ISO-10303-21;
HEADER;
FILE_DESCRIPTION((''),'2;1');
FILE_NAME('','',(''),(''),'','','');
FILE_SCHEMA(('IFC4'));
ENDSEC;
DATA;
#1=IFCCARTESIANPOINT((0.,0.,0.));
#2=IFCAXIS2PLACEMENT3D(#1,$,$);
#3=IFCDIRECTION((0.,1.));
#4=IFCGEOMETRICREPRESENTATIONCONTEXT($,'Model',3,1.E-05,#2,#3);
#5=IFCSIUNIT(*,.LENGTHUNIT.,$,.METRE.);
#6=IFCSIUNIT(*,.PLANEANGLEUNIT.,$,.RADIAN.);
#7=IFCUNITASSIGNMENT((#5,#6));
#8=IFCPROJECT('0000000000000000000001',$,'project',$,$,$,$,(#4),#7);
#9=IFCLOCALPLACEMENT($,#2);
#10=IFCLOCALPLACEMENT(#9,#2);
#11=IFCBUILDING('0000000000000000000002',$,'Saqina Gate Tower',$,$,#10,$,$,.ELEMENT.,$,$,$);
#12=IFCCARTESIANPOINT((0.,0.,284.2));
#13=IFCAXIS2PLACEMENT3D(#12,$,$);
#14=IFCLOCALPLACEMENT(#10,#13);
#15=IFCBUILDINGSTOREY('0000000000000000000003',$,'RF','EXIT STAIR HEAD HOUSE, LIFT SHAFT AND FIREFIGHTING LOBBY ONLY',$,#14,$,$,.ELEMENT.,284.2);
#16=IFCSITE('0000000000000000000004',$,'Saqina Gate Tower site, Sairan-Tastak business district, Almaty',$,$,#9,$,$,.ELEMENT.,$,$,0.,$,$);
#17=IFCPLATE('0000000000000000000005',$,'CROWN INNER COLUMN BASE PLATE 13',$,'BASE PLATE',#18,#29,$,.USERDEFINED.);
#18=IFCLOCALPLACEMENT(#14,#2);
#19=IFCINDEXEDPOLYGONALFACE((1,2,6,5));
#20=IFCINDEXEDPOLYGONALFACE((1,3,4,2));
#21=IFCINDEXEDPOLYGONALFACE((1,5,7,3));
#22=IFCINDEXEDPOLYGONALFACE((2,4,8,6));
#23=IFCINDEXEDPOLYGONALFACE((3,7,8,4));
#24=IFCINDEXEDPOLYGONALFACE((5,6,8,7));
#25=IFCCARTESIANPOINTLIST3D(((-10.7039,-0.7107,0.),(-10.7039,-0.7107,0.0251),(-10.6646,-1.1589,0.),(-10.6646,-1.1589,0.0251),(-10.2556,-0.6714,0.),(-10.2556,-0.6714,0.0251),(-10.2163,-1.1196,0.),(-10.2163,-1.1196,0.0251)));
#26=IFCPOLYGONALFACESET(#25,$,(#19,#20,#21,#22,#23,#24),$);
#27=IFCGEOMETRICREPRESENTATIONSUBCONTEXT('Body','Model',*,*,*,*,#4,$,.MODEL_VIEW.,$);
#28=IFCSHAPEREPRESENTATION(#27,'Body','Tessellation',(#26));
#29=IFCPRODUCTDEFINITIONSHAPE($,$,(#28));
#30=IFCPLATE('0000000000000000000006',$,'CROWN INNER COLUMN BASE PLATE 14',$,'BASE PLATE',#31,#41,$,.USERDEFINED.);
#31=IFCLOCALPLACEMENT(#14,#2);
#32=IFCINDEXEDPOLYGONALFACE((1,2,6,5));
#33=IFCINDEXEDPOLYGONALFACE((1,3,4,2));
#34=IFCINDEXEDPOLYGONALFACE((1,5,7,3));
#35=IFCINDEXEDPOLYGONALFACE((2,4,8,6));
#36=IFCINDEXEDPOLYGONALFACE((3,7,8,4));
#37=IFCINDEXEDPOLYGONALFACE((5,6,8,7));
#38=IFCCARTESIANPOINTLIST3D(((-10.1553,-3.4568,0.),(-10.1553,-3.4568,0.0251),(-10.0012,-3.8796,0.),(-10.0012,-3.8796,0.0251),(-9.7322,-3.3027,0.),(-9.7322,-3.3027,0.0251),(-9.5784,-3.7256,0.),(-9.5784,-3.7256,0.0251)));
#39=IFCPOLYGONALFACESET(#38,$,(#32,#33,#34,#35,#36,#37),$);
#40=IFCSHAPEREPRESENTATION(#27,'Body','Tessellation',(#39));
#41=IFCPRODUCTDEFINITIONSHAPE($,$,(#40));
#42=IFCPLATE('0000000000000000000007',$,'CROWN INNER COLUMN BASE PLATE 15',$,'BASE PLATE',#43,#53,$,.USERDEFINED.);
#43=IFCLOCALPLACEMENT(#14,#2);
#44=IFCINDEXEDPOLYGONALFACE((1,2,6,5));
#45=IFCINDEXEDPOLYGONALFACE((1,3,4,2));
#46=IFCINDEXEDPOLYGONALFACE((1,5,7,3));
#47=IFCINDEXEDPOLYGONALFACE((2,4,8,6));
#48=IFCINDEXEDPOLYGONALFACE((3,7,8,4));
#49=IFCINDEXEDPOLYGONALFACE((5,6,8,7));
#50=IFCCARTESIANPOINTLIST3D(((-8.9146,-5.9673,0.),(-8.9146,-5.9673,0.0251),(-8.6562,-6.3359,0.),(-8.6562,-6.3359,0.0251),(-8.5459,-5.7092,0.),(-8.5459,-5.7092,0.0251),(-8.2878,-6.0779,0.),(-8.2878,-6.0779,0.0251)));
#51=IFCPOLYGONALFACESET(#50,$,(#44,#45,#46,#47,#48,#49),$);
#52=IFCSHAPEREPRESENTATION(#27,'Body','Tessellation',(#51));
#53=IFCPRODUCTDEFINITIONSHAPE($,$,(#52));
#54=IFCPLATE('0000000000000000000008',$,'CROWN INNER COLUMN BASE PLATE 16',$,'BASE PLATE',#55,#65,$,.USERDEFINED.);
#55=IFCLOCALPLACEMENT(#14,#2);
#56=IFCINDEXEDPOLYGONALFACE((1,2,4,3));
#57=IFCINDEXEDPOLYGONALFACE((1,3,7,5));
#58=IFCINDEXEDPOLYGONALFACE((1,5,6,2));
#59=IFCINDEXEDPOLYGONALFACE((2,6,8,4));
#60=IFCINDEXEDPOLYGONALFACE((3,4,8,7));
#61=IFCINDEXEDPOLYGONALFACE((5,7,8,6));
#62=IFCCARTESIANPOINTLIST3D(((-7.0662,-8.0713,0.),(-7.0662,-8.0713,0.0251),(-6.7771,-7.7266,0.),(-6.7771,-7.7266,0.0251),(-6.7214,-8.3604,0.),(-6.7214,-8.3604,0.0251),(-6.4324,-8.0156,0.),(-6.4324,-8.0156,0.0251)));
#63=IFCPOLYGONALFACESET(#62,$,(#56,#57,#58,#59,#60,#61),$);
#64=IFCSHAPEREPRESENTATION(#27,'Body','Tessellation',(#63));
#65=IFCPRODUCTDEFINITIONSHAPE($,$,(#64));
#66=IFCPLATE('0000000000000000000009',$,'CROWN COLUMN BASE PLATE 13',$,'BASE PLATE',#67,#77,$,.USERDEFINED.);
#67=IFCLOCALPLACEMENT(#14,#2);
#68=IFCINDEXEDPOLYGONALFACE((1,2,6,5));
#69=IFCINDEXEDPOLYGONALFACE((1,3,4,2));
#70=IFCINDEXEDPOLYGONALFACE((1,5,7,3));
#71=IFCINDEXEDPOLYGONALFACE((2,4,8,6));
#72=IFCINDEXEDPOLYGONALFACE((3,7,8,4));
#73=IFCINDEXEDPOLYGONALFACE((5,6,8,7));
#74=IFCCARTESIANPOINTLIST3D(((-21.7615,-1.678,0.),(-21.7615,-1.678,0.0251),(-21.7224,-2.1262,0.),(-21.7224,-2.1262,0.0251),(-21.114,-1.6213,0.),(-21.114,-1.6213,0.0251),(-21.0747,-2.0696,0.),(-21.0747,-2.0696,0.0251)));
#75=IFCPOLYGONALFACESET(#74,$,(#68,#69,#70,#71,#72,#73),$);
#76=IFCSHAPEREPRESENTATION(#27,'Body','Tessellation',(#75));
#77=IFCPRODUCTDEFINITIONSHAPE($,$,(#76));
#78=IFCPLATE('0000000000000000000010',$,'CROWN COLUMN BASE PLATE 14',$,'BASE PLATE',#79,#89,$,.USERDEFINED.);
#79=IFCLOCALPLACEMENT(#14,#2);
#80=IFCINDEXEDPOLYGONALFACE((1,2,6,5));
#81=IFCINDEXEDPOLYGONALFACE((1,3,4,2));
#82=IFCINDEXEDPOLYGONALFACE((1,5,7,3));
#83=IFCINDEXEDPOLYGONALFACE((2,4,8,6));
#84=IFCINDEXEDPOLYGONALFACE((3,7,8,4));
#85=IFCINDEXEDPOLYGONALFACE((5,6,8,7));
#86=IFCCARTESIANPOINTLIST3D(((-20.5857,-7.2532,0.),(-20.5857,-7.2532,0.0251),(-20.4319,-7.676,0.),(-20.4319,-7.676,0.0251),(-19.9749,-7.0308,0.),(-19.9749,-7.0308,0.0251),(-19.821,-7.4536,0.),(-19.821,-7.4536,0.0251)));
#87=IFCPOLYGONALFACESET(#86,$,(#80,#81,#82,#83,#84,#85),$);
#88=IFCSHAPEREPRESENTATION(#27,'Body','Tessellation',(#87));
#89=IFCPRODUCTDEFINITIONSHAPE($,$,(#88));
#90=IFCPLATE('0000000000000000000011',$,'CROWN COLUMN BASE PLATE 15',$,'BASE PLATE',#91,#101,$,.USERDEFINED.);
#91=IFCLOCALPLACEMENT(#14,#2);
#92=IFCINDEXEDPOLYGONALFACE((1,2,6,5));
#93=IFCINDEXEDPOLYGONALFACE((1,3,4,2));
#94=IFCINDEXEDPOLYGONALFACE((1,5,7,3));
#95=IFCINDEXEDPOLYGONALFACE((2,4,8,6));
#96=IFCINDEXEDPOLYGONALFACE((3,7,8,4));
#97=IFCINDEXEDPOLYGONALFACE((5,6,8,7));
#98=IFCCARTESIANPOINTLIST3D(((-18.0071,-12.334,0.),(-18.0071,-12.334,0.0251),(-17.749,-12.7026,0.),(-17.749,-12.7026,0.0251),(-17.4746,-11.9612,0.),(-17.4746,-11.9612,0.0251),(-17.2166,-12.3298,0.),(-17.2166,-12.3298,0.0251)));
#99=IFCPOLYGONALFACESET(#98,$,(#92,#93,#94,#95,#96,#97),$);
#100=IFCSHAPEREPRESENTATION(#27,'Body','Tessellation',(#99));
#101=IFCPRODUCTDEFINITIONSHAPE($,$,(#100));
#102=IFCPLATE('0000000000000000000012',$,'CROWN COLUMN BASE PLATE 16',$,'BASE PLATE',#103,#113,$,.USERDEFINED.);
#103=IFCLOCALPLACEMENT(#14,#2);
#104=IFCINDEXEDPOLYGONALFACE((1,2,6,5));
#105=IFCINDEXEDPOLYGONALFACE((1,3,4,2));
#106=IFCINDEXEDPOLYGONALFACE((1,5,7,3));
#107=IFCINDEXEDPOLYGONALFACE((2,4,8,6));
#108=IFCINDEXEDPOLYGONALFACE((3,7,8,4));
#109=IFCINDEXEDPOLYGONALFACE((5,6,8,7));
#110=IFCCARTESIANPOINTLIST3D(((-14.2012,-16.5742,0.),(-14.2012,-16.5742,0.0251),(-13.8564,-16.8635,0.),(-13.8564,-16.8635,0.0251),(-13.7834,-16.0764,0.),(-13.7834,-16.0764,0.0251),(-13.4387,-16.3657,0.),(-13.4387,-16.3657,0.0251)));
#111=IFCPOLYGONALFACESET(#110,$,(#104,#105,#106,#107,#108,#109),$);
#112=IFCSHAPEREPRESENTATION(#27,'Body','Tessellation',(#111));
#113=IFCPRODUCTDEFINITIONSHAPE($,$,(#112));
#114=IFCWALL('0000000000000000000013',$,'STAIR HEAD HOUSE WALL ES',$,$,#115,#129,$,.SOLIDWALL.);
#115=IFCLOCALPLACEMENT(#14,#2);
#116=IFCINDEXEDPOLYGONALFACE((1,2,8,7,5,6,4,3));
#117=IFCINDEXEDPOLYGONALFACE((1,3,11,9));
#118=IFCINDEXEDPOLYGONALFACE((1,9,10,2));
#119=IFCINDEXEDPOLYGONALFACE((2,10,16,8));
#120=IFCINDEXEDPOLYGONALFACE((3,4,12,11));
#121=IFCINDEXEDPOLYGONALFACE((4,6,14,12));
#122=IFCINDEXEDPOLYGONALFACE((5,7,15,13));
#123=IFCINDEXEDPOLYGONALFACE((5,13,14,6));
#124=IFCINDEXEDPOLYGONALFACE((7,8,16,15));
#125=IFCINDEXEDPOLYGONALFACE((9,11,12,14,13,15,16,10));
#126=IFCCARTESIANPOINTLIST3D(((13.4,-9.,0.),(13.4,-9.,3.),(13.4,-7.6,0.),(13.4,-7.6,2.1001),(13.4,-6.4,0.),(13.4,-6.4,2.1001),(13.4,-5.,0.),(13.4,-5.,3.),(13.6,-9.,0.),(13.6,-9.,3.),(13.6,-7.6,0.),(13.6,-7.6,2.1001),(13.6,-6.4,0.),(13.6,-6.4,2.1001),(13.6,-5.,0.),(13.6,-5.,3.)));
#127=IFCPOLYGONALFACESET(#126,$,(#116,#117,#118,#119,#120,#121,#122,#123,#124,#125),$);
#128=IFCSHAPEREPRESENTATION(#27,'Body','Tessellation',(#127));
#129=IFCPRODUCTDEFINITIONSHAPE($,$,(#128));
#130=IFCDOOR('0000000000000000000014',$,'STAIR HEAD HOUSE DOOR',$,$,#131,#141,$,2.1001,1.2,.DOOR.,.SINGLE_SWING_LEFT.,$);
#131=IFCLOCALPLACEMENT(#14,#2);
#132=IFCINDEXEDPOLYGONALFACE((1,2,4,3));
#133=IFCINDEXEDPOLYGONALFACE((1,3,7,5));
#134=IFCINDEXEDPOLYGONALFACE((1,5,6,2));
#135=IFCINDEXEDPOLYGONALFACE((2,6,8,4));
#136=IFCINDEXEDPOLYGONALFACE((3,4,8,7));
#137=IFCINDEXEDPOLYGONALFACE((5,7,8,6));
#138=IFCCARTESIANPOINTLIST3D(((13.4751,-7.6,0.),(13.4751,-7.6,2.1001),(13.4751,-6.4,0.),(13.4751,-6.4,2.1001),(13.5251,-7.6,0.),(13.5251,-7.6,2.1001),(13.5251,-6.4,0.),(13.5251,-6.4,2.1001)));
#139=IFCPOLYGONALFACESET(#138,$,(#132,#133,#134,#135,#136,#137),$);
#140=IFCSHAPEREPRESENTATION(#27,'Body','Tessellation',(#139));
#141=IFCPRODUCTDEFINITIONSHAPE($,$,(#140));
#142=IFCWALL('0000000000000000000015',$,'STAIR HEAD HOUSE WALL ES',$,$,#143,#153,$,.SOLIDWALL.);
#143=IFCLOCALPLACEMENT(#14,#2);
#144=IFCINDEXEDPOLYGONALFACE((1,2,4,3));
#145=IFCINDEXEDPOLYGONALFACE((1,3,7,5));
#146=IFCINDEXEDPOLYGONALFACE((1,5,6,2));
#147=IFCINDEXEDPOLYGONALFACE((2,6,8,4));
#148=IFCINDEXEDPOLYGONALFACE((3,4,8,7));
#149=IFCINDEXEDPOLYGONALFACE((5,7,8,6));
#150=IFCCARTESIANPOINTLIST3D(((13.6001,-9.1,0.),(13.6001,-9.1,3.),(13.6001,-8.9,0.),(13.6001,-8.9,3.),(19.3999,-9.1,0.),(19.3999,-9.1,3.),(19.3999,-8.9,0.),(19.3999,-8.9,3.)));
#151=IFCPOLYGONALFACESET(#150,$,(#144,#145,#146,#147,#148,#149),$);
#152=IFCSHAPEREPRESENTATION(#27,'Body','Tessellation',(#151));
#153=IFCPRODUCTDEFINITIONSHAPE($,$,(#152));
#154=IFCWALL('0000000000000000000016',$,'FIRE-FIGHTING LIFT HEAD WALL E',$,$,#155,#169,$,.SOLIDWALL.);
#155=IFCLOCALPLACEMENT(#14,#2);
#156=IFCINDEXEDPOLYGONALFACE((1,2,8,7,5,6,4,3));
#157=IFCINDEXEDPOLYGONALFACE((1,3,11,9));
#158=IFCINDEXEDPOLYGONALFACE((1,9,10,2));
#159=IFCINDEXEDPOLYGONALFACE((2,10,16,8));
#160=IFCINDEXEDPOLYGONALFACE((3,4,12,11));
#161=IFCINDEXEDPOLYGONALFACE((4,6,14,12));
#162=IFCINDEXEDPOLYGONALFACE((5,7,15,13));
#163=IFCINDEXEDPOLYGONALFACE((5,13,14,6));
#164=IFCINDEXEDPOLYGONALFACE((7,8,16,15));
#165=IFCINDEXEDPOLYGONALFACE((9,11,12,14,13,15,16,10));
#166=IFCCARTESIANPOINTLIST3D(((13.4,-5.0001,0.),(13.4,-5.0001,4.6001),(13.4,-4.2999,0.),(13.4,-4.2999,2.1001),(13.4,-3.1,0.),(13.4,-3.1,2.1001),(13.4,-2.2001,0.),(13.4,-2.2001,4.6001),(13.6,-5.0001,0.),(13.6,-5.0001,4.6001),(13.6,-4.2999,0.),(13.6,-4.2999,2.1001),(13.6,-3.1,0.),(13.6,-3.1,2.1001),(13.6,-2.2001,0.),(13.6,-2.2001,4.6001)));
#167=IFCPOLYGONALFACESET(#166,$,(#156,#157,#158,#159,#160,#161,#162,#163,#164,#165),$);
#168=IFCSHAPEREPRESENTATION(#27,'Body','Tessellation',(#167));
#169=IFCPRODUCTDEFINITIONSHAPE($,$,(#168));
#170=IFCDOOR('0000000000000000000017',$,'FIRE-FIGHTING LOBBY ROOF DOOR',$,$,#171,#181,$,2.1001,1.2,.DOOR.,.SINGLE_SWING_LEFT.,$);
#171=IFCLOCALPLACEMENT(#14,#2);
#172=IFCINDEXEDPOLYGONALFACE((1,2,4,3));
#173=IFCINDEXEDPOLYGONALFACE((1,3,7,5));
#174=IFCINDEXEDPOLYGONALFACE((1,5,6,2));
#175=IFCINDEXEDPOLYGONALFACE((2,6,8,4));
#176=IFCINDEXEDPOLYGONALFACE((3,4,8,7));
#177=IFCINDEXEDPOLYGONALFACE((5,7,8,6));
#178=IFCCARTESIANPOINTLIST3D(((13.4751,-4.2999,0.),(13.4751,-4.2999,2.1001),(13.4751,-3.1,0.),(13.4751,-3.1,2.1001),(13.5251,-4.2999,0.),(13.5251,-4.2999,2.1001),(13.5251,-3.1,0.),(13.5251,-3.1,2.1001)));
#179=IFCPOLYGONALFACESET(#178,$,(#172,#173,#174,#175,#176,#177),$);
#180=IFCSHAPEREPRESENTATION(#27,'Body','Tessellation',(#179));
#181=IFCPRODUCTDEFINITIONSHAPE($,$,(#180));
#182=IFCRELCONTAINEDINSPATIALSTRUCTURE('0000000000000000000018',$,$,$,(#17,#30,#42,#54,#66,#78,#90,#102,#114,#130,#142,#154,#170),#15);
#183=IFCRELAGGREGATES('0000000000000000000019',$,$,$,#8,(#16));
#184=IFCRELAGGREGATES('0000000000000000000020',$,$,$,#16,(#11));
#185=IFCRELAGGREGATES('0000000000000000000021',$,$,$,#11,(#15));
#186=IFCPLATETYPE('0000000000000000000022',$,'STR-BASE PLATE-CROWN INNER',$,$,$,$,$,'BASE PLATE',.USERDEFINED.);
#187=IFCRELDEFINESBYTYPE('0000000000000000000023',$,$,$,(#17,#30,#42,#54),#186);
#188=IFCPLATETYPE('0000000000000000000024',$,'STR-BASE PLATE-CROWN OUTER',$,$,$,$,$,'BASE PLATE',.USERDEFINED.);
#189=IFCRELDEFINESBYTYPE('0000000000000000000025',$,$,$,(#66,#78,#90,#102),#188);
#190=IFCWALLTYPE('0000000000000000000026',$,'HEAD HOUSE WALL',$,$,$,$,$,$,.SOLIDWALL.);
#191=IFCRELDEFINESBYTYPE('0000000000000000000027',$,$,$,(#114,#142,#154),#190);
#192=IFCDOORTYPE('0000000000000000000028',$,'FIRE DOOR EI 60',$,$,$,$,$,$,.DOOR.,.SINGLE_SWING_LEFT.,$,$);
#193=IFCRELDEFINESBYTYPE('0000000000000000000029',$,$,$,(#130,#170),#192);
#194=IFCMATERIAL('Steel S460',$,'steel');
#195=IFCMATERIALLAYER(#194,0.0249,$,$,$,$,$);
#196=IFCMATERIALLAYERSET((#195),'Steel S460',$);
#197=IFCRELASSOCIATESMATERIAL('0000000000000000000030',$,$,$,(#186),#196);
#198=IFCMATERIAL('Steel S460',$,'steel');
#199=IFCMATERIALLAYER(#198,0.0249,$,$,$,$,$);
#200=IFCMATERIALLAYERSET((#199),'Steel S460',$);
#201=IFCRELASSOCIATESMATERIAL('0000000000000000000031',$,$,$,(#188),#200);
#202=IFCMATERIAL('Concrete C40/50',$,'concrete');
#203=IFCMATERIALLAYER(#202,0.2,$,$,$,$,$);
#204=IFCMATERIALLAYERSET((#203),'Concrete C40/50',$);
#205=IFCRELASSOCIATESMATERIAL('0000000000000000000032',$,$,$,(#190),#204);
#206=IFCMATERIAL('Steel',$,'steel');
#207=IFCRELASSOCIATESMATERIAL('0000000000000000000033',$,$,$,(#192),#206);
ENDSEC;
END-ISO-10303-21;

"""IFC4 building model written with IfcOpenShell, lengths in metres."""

from ifc_helpers import new_model, si_unit, direction, frame, frame_2d, origin, place, context, subcontext, project, spatial, polyline, rectangle, outline, extrude, material, layer, layer_set, type_object, element, fill, save


model = new_model("IFC4")

# Units and contexts
model_context = context("Model", 3, precision=1e-05, world=origin(), true_north=direction((0.0, 1.0)))
body_context = subcontext(model_context, "Body", "Model", "MODEL_VIEW")
ifc_project = project(units=[si_unit("LENGTHUNIT", "METRE"), si_unit("PLANEANGLEUNIT", "RADIAN")], contexts=[model_context])

# Site, building, storey
site_placement = place(None, origin())
site = spatial("IfcSite", under=ifc_project, at=site_placement, Name="Saqina Gate Tower site, Sairan-Tastak business district, Almaty", CompositionType="ELEMENT", RefElevation=0.0)
building_placement = place(site_placement, origin())
building = spatial("IfcBuilding", under=site, at=building_placement, Name="Saqina Gate Tower", CompositionType="ELEMENT")
storey_placement = place(building_placement, frame((0.0, 0.0, 284.2)))
storey = spatial("IfcBuildingStorey", under=building, at=storey_placement, Name="RF", Description="EXIT STAIR HEAD HOUSE, LIFT SHAFT AND FIREFIGHTING LOBBY ONLY", CompositionType="ELEMENT", Elevation=284.2)

# Plates
ifc_material_1 = material(Name="Steel S460", Category="steel")
ifc_layer_1 = layer(ifc_material_1, 0.0249)
ifc_layer_set_1 = layer_set([ifc_layer_1], Name="Steel S460")
plate_type_1 = type_object("IfcPlateType", Name="STR-BASE PLATE-CROWN INNER", ElementType="BASE PLATE", PredefinedType="USERDEFINED", material=ifc_layer_set_1)
plate_1_placement = place(storey_placement, origin())
element("IfcPlate", 1, at=plate_1_placement, inside=storey, type_object=plate_type_1, Name="CROWN INNER COLUMN BASE PLATE 13", ObjectType="BASE PLATE", PredefinedType="USERDEFINED", context=body_context, shape_type="SweptSolid", body=[
    extrude(outline(polyline([(-10.7039, -0.7107), (-10.6646, -1.1589), (-10.2163, -1.1196), (-10.2556, -0.6714), (-10.7039, -0.7107)])), origin(), (0.0, 0.0, 1.0), 0.0251),
])
plate_2_placement = place(storey_placement, origin())
element("IfcPlate", 2, at=plate_2_placement, inside=storey, type_object=plate_type_1, Name="CROWN INNER COLUMN BASE PLATE 14", ObjectType="BASE PLATE", PredefinedType="USERDEFINED", context=body_context, shape_type="SweptSolid", body=[
    extrude(outline(polyline([(-10.1553, -3.4568), (-10.0012, -3.8796), (-9.5784, -3.7256), (-9.7322, -3.3027), (-10.1553, -3.4568)])), origin(), (0.0, 0.0, 1.0), 0.0251),
])
plate_3_placement = place(storey_placement, origin())
element("IfcPlate", 3, at=plate_3_placement, inside=storey, type_object=plate_type_1, Name="CROWN INNER COLUMN BASE PLATE 15", ObjectType="BASE PLATE", PredefinedType="USERDEFINED", context=body_context, shape_type="SweptSolid", body=[
    extrude(outline(polyline([(-8.9146, -5.9673), (-8.6562, -6.3359), (-8.2878, -6.0779), (-8.5459, -5.7092), (-8.9146, -5.9673)])), origin(), (0.0, 0.0, 1.0), 0.0251),
])
plate_4_placement = place(storey_placement, origin())
element("IfcPlate", 4, at=plate_4_placement, inside=storey, type_object=plate_type_1, Name="CROWN INNER COLUMN BASE PLATE 16", ObjectType="BASE PLATE", PredefinedType="USERDEFINED", context=body_context, shape_type="SweptSolid", body=[
    extrude(outline(polyline([(-7.0662, -8.0713), (-6.7214, -8.3604), (-6.4324, -8.0156), (-6.7771, -7.7266), (-7.0662, -8.0713)])), origin(), (0.0, 0.0, 1.0), 0.0251),
])
ifc_material_2 = material(Name="Steel S460", Category="steel")
ifc_layer_2 = layer(ifc_material_2, 0.0249)
ifc_layer_set_2 = layer_set([ifc_layer_2], Name="Steel S460")
plate_type_2 = type_object("IfcPlateType", Name="STR-BASE PLATE-CROWN OUTER", ElementType="BASE PLATE", PredefinedType="USERDEFINED", material=ifc_layer_set_2)
plate_5_placement = place(storey_placement, origin())
element("IfcPlate", 5, at=plate_5_placement, inside=storey, type_object=plate_type_2, Name="CROWN COLUMN BASE PLATE 13", ObjectType="BASE PLATE", PredefinedType="USERDEFINED", context=body_context, shape_type="SweptSolid", body=[
    extrude(outline(polyline([(-21.7615, -1.678), (-21.7224, -2.1262), (-21.0747, -2.0696), (-21.114, -1.6213), (-21.7615, -1.678)])), origin(), (0.0, 0.0, 1.0), 0.0251),
])
plate_6_placement = place(storey_placement, origin())
element("IfcPlate", 6, at=plate_6_placement, inside=storey, type_object=plate_type_2, Name="CROWN COLUMN BASE PLATE 14", ObjectType="BASE PLATE", PredefinedType="USERDEFINED", context=body_context, shape_type="SweptSolid", body=[
    extrude(outline(polyline([(-20.5857, -7.2532), (-20.4319, -7.676), (-19.821, -7.4536), (-19.9749, -7.0308), (-20.5857, -7.2532)])), origin(), (0.0, 0.0, 1.0), 0.0251),
])
plate_7_placement = place(storey_placement, origin())
element("IfcPlate", 7, at=plate_7_placement, inside=storey, type_object=plate_type_2, Name="CROWN COLUMN BASE PLATE 15", ObjectType="BASE PLATE", PredefinedType="USERDEFINED", context=body_context, shape_type="SweptSolid", body=[
    extrude(outline(polyline([(-18.0071, -12.334), (-17.749, -12.7026), (-17.2166, -12.3298), (-17.4746, -11.9612), (-18.0071, -12.334)])), origin(), (0.0, 0.0, 1.0), 0.0251),
])
plate_8_placement = place(storey_placement, origin())
element("IfcPlate", 8, at=plate_8_placement, inside=storey, type_object=plate_type_2, Name="CROWN COLUMN BASE PLATE 16", ObjectType="BASE PLATE", PredefinedType="USERDEFINED", context=body_context, shape_type="SweptSolid", body=[
    extrude(outline(polyline([(-14.2012, -16.5742), (-13.8564, -16.8635), (-13.4387, -16.3657), (-13.7834, -16.0764), (-14.2012, -16.5742)])), origin(), (0.0, 0.0, 1.0), 0.0251),
])

# Wall, opening, door
ifc_material_3 = material(Name="Concrete C40/50", Category="concrete")
ifc_layer_3 = layer(ifc_material_3, 0.2)
ifc_layer_set_3 = layer_set([ifc_layer_3], Name="Concrete C40/50")
wall_type = type_object("IfcWallType", Name="HEAD HOUSE WALL", PredefinedType="SOLIDWALL", material=ifc_layer_set_3)
wall_1_placement = place(storey_placement, frame((13.5, -9.0, 0.0), z_axis=(0.0, 0.0, 1.0), x_axis=(0.0, 1.0, 0.0)))
wall_1 = element("IfcWall", 9, at=wall_1_placement, inside=storey, type_object=wall_type, Name="STAIR HEAD HOUSE WALL ES", PredefinedType="SOLIDWALL", context=body_context, shape_type="SweptSolid", body=[
    extrude(rectangle(XDim=4.0, YDim=0.2, at=frame_2d((2.0, 0.0))), origin(), (0.0, 0.0, 1.0), 3.0),
])
opening_1_placement = place(wall_1_placement, frame((1.3999, 0.0, 0.0)))
opening_1 = element("IfcOpeningElement", 10, at=opening_1_placement, cuts=wall_1, PredefinedType="OPENING", context=body_context, shape_type="SweptSolid", body=[
    extrude(rectangle(XDim=1.2, YDim=2.1001, at=frame_2d((0.6001, 1.05))), frame((0.0, 0.1121, 0.0), z_axis=(0.0, -1.0, 0.0), x_axis=(1.0, 0.0, 0.0)), (0.0, 0.0, 1.0), 0.2239),
])
ifc_material_4 = material(Name="Steel", Category="steel")
door_type = type_object("IfcDoorType", Name="FIRE DOOR EI 60", OperationType="SINGLE_SWING_LEFT", PredefinedType="DOOR", material=ifc_material_4)
door_1_placement = place(opening_1_placement, origin())
door_1 = element("IfcDoor", 11, at=door_1_placement, inside=storey, type_object=door_type, Name="STAIR HEAD HOUSE DOOR", OperationType="SINGLE_SWING_LEFT", OverallHeight=2.1001, OverallWidth=1.2, PredefinedType="DOOR", context=body_context, shape_type="SweptSolid", body=[
    extrude(rectangle(XDim=1.2, YDim=2.1001, at=frame_2d((0.6001, 1.05))), frame((0.0, 0.0249, 0.0), z_axis=(0.0, -1.0, 0.0), x_axis=(1.0, 0.0, 0.0)), (0.0, 0.0, 1.0), 0.05),
])
fill(opening_1, door_1)

# Wall
wall_2_placement = place(storey_placement, frame((13.6001, -9.0, 0.0), z_axis=(0.0, 0.0, 1.0), x_axis=(1.0, 0.0, 0.0)))
element("IfcWall", 12, at=wall_2_placement, inside=storey, type_object=wall_type, Name="STAIR HEAD HOUSE WALL ES", PredefinedType="SOLIDWALL", context=body_context, shape_type="SweptSolid", body=[
    extrude(rectangle(XDim=5.7998, YDim=0.2, at=frame_2d((2.8999, 0.0))), origin(), (0.0, 0.0, 1.0), 3.0),
])

# Wall, opening, door
wall_3_placement = place(storey_placement, frame((13.5, -5.0, 0.0), z_axis=(0.0, 0.0, 1.0), x_axis=(0.0, 1.0, 0.0)))
wall_3 = element("IfcWall", 13, at=wall_3_placement, inside=storey, type_object=wall_type, Name="FIRE-FIGHTING LIFT HEAD WALL E", PredefinedType="SOLIDWALL", context=body_context, shape_type="SweptSolid", body=[
    extrude(rectangle(XDim=2.8, YDim=0.2, at=frame_2d((1.3999, 0.0))), origin(), (0.0, 0.0, 1.0), 4.6001),
])
opening_2_placement = place(wall_3_placement, frame((0.7, 0.0, 0.0)))
opening_2 = element("IfcOpeningElement", 14, at=opening_2_placement, cuts=wall_3, PredefinedType="OPENING", context=body_context, shape_type="SweptSolid", body=[
    extrude(rectangle(XDim=1.2, YDim=2.1001, at=frame_2d((0.6001, 1.05))), frame((0.0, 0.1121, 0.0), z_axis=(0.0, -1.0, 0.0), x_axis=(1.0, 0.0, 0.0)), (0.0, 0.0, 1.0), 0.2239),
])
door_2_placement = place(opening_2_placement, origin())
door_2 = element("IfcDoor", 15, at=door_2_placement, inside=storey, type_object=door_type, Name="FIRE-FIGHTING LOBBY ROOF DOOR", OperationType="SINGLE_SWING_LEFT", OverallHeight=2.1001, OverallWidth=1.2, PredefinedType="DOOR", context=body_context, shape_type="SweptSolid", body=[
    extrude(rectangle(XDim=1.2, YDim=2.1001, at=frame_2d((0.6001, 1.05))), frame((0.0, 0.0249, 0.0), z_axis=(0.0, -1.0, 0.0), x_axis=(1.0, 0.0, 0.0)), (0.0, 0.0, 1.0), 0.05),
])
fill(opening_2, door_2)

save(model, "model.ifc")
